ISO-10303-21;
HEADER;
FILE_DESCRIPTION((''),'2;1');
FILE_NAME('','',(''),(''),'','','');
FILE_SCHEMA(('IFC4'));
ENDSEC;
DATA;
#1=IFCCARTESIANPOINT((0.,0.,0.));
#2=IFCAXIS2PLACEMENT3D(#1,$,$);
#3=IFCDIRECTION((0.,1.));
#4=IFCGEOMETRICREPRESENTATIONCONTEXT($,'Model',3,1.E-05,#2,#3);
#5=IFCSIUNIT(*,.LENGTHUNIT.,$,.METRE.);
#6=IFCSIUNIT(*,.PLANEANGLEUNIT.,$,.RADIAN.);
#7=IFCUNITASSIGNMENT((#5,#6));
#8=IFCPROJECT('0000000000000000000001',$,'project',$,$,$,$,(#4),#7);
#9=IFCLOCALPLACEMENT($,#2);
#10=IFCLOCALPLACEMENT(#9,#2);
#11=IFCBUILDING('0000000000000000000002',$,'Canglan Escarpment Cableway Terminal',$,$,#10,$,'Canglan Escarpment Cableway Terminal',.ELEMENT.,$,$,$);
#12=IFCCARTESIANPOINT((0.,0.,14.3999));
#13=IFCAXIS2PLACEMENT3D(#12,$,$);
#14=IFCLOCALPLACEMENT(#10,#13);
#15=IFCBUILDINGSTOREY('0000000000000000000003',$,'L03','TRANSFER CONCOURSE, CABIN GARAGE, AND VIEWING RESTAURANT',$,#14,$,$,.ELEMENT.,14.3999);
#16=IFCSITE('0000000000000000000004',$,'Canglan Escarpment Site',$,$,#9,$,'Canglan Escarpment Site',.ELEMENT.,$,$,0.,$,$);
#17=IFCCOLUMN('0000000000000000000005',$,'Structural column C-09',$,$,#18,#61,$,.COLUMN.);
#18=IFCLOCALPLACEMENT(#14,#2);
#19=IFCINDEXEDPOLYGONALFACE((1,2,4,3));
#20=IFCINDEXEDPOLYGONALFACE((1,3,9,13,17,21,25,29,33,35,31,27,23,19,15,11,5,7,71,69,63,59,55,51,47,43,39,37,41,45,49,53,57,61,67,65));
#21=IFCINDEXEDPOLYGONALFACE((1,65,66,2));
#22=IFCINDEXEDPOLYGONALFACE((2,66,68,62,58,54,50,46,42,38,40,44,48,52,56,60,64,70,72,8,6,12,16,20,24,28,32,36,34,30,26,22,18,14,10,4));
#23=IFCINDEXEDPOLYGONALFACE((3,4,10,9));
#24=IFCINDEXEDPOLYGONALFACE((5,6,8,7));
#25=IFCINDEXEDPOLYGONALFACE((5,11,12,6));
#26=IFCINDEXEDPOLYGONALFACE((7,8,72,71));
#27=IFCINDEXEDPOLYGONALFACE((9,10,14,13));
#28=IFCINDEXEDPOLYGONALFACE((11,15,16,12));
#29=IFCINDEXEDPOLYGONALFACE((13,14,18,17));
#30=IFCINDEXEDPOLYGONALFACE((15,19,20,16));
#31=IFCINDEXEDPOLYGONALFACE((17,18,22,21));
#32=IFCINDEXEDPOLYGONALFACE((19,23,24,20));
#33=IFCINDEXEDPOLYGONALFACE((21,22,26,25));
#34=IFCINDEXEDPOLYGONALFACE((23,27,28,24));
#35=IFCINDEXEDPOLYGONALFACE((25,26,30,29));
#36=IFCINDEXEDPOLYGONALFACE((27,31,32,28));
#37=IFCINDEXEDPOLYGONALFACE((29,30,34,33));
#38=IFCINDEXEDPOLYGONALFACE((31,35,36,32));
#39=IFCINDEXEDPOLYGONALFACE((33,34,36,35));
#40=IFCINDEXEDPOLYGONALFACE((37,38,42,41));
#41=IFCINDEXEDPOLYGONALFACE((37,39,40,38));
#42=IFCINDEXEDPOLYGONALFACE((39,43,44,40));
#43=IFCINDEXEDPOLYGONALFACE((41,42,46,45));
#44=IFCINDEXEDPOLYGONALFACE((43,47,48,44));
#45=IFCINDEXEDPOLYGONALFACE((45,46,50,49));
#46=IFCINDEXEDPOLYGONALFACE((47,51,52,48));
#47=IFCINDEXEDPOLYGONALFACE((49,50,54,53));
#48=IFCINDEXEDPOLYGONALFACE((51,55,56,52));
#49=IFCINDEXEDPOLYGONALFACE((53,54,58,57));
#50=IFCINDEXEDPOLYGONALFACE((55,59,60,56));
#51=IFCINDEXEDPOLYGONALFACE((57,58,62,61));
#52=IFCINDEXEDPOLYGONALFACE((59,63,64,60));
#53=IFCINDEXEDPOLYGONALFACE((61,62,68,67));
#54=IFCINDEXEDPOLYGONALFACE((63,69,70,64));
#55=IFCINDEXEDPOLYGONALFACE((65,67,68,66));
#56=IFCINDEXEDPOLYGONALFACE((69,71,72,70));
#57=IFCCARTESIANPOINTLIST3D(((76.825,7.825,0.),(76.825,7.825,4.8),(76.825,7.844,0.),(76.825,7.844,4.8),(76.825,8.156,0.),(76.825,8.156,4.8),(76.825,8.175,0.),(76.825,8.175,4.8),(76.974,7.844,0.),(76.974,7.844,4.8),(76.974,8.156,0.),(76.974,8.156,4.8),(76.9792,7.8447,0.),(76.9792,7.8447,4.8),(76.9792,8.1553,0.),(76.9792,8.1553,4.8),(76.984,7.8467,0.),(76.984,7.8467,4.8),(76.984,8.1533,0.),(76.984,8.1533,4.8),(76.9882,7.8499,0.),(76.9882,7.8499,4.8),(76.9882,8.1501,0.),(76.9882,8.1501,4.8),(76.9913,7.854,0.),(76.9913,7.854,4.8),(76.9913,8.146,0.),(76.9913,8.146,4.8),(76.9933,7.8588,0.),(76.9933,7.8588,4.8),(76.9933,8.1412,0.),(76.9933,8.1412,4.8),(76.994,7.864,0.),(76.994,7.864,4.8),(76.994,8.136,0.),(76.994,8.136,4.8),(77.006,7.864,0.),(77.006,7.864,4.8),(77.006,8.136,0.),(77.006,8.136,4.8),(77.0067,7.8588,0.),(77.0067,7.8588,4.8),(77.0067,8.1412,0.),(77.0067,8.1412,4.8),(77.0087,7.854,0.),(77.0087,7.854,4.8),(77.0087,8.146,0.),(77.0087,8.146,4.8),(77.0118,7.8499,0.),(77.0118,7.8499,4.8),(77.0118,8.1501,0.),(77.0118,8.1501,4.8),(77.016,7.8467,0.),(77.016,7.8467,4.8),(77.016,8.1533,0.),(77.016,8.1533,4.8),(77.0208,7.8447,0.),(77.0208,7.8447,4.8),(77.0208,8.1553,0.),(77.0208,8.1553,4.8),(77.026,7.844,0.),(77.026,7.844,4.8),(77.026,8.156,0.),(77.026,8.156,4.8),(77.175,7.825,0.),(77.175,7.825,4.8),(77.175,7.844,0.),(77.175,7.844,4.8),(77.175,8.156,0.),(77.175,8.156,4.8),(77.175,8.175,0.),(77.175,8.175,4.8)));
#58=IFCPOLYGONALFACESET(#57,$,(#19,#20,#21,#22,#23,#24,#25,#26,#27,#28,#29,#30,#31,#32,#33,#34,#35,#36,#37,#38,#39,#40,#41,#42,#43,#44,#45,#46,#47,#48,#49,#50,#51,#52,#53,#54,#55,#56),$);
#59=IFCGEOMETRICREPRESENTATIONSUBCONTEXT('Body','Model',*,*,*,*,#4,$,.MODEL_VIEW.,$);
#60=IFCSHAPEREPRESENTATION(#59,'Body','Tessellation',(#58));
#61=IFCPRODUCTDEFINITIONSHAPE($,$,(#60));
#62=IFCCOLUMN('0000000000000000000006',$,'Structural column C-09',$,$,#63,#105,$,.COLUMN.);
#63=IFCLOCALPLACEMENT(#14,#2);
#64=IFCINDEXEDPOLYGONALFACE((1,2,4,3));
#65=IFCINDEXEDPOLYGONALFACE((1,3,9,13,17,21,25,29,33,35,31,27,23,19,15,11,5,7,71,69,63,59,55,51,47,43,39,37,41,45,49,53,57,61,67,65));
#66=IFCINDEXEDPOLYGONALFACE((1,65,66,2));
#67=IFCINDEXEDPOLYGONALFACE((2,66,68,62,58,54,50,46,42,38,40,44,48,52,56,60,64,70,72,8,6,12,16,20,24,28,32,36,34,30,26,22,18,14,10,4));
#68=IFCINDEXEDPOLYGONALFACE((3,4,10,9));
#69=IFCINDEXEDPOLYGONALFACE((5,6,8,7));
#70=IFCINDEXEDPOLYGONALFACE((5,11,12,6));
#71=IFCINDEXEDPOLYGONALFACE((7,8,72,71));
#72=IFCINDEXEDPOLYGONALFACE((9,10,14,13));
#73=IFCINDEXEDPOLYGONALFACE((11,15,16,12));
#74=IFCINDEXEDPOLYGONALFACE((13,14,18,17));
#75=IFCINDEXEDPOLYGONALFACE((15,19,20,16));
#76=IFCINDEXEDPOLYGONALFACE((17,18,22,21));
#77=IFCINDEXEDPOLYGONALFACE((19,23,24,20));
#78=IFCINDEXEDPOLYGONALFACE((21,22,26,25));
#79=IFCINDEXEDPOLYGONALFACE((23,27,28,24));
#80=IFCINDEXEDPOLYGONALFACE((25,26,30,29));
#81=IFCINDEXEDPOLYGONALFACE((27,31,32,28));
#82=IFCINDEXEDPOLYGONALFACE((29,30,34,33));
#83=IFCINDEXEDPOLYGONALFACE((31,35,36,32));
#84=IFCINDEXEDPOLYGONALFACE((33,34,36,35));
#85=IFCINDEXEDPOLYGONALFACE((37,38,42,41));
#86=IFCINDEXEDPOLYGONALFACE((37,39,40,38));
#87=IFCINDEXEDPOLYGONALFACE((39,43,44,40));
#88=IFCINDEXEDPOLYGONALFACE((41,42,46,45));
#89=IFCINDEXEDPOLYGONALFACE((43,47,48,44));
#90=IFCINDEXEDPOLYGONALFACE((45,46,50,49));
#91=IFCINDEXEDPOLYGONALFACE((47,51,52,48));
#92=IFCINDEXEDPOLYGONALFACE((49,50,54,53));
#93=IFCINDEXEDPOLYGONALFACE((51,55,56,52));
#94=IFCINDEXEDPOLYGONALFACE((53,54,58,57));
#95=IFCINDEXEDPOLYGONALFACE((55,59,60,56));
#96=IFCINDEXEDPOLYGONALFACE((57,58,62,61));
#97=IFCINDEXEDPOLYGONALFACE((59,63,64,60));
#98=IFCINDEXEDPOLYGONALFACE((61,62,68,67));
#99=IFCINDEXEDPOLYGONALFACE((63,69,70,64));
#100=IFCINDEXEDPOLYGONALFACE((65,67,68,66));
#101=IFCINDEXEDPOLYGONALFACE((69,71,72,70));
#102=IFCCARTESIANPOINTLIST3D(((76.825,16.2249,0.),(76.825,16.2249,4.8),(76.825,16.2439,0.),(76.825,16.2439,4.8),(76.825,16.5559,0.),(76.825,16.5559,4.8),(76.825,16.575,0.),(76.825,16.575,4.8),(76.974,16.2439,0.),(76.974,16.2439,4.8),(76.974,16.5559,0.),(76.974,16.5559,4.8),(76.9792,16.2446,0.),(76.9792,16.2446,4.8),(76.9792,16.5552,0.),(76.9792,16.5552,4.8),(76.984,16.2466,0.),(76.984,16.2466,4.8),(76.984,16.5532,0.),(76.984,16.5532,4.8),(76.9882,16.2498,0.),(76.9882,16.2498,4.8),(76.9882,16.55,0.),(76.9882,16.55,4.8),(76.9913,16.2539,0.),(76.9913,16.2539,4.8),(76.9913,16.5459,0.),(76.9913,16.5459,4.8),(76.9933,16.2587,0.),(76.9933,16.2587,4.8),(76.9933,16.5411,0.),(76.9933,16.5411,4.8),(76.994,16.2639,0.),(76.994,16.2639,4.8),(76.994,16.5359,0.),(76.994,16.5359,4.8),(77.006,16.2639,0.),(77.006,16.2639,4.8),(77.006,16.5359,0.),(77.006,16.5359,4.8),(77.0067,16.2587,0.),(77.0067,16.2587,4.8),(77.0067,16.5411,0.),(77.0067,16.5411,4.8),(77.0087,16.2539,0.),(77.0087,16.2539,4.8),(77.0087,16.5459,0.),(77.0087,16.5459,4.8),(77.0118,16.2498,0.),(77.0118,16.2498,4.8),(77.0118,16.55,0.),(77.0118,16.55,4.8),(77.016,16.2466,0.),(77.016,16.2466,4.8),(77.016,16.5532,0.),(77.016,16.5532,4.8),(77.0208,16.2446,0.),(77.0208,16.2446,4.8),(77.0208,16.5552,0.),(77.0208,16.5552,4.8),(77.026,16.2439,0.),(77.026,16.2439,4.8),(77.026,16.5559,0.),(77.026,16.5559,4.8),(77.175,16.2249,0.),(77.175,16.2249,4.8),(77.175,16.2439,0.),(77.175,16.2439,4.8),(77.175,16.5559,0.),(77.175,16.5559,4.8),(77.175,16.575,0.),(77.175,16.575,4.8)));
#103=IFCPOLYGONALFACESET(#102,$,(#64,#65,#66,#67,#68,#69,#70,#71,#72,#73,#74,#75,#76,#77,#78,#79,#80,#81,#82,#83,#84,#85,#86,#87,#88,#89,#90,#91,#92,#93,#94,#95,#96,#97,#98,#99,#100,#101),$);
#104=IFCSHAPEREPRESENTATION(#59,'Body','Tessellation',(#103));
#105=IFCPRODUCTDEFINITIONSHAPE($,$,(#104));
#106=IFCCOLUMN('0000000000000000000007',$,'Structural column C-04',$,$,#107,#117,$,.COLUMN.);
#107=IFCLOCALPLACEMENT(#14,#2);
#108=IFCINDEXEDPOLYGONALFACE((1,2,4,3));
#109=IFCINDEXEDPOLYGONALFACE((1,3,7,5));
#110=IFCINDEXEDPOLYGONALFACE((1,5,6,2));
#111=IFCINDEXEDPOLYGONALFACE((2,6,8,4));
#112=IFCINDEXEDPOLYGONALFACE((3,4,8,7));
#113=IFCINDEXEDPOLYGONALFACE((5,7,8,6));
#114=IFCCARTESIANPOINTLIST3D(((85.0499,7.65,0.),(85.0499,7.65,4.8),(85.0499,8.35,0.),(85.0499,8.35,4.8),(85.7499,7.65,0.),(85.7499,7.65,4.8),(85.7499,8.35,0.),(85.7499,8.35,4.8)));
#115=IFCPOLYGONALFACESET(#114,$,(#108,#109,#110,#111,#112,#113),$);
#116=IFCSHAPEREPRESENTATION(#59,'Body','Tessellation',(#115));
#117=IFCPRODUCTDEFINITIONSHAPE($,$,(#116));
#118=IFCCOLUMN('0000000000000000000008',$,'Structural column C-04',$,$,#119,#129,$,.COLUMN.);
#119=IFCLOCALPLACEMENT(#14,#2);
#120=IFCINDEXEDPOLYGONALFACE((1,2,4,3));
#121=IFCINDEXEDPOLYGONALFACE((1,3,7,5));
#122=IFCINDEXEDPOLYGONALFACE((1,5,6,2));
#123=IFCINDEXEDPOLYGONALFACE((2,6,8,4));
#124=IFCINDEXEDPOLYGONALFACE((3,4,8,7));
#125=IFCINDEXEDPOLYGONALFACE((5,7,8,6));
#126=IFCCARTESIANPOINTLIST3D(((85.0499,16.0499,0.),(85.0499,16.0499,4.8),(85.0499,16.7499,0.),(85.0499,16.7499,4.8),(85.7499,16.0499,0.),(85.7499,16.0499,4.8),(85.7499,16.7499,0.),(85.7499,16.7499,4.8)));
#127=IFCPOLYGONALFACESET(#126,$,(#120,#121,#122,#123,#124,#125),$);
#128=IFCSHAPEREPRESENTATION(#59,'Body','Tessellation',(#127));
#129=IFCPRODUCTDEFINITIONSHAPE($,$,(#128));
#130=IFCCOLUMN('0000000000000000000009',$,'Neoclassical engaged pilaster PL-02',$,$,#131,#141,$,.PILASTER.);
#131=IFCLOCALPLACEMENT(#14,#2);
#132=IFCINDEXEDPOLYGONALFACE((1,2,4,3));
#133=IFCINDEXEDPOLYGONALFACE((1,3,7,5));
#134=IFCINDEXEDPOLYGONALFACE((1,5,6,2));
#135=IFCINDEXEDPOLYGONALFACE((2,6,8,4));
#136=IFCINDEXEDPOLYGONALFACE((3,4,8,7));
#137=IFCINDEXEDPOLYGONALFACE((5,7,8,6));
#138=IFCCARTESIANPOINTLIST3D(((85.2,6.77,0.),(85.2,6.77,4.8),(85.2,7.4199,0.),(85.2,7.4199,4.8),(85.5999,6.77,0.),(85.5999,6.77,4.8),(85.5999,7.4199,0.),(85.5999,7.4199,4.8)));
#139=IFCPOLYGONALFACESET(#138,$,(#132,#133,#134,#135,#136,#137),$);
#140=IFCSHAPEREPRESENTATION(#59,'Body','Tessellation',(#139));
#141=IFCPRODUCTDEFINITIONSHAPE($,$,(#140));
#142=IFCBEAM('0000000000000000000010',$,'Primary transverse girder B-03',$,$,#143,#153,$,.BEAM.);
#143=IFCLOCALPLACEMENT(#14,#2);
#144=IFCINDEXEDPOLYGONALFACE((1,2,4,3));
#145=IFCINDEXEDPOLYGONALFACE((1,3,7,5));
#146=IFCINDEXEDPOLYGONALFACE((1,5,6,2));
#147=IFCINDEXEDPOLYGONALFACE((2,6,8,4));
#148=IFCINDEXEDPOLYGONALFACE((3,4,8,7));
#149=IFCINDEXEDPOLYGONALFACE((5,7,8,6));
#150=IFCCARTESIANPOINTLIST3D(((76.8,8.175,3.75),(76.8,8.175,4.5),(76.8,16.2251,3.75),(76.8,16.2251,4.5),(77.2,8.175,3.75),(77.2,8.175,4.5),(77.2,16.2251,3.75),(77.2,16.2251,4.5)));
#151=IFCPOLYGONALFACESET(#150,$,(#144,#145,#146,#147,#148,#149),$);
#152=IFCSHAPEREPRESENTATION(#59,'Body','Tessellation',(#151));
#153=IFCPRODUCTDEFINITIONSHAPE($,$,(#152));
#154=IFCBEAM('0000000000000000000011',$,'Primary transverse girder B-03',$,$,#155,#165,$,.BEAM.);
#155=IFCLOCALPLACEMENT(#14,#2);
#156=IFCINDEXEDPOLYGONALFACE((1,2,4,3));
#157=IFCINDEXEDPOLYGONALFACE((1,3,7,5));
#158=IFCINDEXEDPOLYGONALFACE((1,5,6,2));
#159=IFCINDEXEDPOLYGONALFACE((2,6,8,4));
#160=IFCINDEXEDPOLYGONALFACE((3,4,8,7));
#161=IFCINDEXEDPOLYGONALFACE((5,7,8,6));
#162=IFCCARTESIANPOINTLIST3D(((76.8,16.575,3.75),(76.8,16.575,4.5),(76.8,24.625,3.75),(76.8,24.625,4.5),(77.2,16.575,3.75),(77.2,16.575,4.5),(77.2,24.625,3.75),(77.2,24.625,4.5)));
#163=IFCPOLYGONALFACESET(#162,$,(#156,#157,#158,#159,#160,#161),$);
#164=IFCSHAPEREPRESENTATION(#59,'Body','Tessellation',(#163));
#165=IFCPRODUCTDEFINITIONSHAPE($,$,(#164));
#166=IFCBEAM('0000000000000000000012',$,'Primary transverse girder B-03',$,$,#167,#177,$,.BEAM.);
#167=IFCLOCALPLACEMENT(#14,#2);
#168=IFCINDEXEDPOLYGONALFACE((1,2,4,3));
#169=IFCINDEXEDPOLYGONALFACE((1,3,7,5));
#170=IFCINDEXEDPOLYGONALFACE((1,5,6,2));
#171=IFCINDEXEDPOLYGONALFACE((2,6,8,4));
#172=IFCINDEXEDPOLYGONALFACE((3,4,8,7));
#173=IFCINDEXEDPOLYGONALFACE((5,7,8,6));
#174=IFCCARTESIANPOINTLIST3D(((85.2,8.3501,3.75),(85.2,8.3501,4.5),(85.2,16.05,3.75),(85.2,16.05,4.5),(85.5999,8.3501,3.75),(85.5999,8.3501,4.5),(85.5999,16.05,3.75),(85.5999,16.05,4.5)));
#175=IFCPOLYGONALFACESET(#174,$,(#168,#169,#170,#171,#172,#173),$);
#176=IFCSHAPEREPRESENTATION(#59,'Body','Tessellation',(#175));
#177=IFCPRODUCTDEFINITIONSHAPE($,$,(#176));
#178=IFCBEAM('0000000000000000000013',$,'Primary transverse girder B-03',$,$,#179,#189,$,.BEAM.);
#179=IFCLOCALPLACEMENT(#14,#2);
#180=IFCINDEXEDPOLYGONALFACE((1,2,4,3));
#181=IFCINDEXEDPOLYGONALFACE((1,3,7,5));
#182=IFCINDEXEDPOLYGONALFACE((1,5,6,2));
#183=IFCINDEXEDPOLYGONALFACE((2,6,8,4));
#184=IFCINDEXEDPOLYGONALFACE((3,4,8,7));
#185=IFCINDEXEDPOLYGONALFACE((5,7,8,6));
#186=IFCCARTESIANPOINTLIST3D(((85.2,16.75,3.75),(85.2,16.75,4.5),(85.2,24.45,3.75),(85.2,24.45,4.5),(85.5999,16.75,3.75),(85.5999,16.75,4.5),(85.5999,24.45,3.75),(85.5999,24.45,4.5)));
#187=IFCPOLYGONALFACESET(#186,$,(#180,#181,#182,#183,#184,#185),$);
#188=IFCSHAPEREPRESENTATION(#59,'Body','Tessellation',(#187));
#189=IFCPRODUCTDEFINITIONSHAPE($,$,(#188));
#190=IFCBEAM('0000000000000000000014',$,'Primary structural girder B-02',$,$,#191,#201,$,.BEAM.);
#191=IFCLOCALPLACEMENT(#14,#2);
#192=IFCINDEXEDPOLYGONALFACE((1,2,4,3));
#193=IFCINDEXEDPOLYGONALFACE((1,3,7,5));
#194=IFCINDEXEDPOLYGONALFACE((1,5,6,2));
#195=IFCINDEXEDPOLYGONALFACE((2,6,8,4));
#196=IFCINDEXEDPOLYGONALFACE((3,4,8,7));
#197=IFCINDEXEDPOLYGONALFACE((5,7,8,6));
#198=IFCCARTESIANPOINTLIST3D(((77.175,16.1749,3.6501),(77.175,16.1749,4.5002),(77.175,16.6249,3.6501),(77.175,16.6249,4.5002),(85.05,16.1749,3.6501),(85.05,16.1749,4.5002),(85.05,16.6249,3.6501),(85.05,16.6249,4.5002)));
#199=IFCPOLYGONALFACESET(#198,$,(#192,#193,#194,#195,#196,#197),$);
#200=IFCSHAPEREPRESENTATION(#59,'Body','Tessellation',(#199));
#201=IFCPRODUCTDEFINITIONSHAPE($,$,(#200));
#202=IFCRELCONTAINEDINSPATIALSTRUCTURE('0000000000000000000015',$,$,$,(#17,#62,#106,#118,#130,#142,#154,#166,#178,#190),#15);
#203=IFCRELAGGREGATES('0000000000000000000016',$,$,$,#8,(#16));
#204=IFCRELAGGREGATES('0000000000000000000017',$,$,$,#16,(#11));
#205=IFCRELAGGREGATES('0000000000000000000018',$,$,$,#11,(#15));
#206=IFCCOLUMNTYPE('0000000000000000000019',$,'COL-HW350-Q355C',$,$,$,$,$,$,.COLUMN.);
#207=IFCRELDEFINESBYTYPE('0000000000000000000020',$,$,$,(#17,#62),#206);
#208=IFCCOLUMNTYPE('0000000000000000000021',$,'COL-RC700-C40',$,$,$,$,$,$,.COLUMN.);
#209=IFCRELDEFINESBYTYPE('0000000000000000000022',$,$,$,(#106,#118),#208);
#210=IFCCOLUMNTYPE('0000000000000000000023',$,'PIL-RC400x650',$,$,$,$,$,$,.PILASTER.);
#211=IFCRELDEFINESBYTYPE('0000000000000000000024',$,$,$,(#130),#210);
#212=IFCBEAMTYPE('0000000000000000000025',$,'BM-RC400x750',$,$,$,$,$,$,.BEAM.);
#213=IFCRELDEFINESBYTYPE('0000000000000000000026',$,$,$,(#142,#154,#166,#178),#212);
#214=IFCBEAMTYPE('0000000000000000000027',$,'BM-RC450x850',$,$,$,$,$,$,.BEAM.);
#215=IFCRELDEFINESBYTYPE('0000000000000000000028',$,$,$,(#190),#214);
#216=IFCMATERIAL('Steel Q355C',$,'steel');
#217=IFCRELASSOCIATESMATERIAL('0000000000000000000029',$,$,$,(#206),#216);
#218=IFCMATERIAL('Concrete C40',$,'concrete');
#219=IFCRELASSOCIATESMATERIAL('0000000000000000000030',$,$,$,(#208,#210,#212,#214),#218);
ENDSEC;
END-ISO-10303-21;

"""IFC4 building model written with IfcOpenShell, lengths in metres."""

from ifc_helpers import new_model, si_unit, direction, frame, origin, origin_2d, place, context, subcontext, project, spatial, rectangle, i_section, extrude, material, material_profile, profile_set, type_object, element, save


model = new_model("IFC4")

# Units and contexts
model_context = context("Model", 3, precision=1e-05, world=origin(), true_north=direction((0.0, 1.0)))
body_context = subcontext(model_context, "Body", "Model", "MODEL_VIEW")
ifc_project = project(units=[si_unit("LENGTHUNIT", "METRE"), si_unit("PLANEANGLEUNIT", "RADIAN")], contexts=[model_context])

# Site, building, storey
site_placement = place(None, origin())
site = spatial("IfcSite", under=ifc_project, at=site_placement, Name="Canglan Escarpment Site", LongName="Canglan Escarpment Site", CompositionType="ELEMENT", RefElevation=0.0)
building_placement = place(site_placement, origin())
building = spatial("IfcBuilding", under=site, at=building_placement, Name="Canglan Escarpment Cableway Terminal", LongName="Canglan Escarpment Cableway Terminal", CompositionType="ELEMENT")
storey_placement = place(building_placement, frame((0.0, 0.0, 14.3999)))
storey = spatial("IfcBuildingStorey", under=building, at=storey_placement, Name="L03", Description="TRANSFER CONCOURSE, CABIN GARAGE, AND VIEWING RESTAURANT", CompositionType="ELEMENT", Elevation=14.3999)

# Columns
ifc_material_1 = material(Name="Steel Q355C", Category="steel")
ifc_material_profile_1 = material_profile(ifc_material_1, i_section(OverallWidth=0.3501, OverallDepth=0.3501, WebThickness=0.012, FlangeThickness=0.019, FilletRadius=0.02, at=origin_2d()), Name="HW 350x350x12x19")
ifc_profile_set_1 = profile_set([ifc_material_profile_1], Name="Steel Q355C")
column_type_1 = type_object("IfcColumnType", Name="COL-HW350-Q355C", PredefinedType="COLUMN", material=ifc_profile_set_1)
for number, where, z_axis, x_axis, name in (
    (1, (77.0, 8.0, 0.0), (0.0, 0.0, 1.0), (1.0, 0.0, 0.0), "Structural column C-09"),
    (2, (77.0, 16.3999, 0.0), (0.0, 0.0, 1.0), (1.0, 0.0, 0.0), "Structural column C-09"),
):
    element("IfcColumn", number, at=place(storey_placement, frame(where, z_axis=z_axis, x_axis=x_axis)), inside=storey, type_object=column_type_1, Name=name, PredefinedType="COLUMN", context=body_context, shape_type="SweptSolid", body=[
        extrude(i_section(OverallWidth=0.3501, OverallDepth=0.3501, WebThickness=0.012, FlangeThickness=0.019, FilletRadius=0.02, at=origin_2d()), origin(), (0.0, 0.0, 1.0), 4.8),
    ])
ifc_material_2 = material(Name="Concrete C40", Category="concrete")
ifc_material_profile_2 = material_profile(ifc_material_2, rectangle(XDim=0.7, YDim=0.7, at=origin_2d()), Name="RC 700x700")
ifc_profile_set_2 = profile_set([ifc_material_profile_2], Name="Concrete C40")
column_type_2 = type_object("IfcColumnType", Name="COL-RC700-C40", PredefinedType="COLUMN", material=ifc_profile_set_2)
for number, where, z_axis, x_axis, name in (
    (3, (85.3999, 8.0, 0.0), (0.0, 0.0, 1.0), (1.0, 0.0, 0.0), "Structural column C-04"),
    (4, (85.3999, 16.3999, 0.0), (0.0, 0.0, 1.0), (1.0, 0.0, 0.0), "Structural column C-04"),
):
    element("IfcColumn", number, at=place(storey_placement, frame(where, z_axis=z_axis, x_axis=x_axis)), inside=storey, type_object=column_type_2, Name=name, PredefinedType="COLUMN", context=body_context, shape_type="SweptSolid", body=[
        extrude(rectangle(XDim=0.7, YDim=0.7, at=origin_2d()), origin(), (0.0, 0.0, 1.0), 4.8),
    ])
ifc_material_profile_3 = material_profile(ifc_material_2, rectangle(XDim=0.3999, YDim=0.6499, at=origin_2d()), Name="RC-PIL 400x650")
ifc_profile_set_3 = profile_set([ifc_material_profile_3], Name="Concrete C40")
column_type_3 = type_object("IfcColumnType", Name="PIL-RC400x650", PredefinedType="PILASTER", material=ifc_profile_set_3)
column_placement = place(storey_placement, frame((85.3999, 7.095, 0.0), z_axis=(0.0, 0.0, 1.0), x_axis=(1.0, 0.0, 0.0)))
element("IfcColumn", 5, at=column_placement, inside=storey, type_object=column_type_3, Name="Neoclassical engaged pilaster PL-02", PredefinedType="PILASTER", context=body_context, shape_type="SweptSolid", body=[
    extrude(rectangle(XDim=0.3999, YDim=0.6499, at=origin_2d()), origin(), (0.0, 0.0, 1.0), 4.8),
])

# Beams
ifc_material_profile_4 = material_profile(ifc_material_2, rectangle(XDim=0.3999, YDim=0.75, at=origin_2d()), Name="RC 400x750")
ifc_profile_set_4 = profile_set([ifc_material_profile_4], Name="Concrete C40")
beam_type_1 = type_object("IfcBeamType", Name="BM-RC400x750", PredefinedType="BEAM", material=ifc_profile_set_4)
for number, where, z_axis, x_axis, name in (
    (6, (77.0, 8.175, 4.125), (0.0, 1.0, 0.0), (-1.0, 0.0, 0.0), "Primary transverse girder B-03"),
    (7, (77.0, 16.575, 4.125), (0.0, 1.0, 0.0), (-1.0, 0.0, 0.0), "Primary transverse girder B-03"),
):
    element("IfcBeam", number, at=place(storey_placement, frame(where, z_axis=z_axis, x_axis=x_axis)), inside=storey, type_object=beam_type_1, Name=name, PredefinedType="BEAM", context=body_context, shape_type="SweptSolid", body=[
        extrude(rectangle(XDim=0.3999, YDim=0.75, at=origin_2d()), origin(), (0.0, 0.0, 1.0), 8.05),
    ])
for number, where, z_axis, x_axis, name in (
    (8, (85.3999, 8.3501, 4.125), (0.0, 1.0, 0.0), (-1.0, 0.0, 0.0), "Primary transverse girder B-03"),
    (9, (85.3999, 16.75, 4.125), (0.0, 1.0, 0.0), (-1.0, 0.0, 0.0), "Primary transverse girder B-03"),
):
    element("IfcBeam", number, at=place(storey_placement, frame(where, z_axis=z_axis, x_axis=x_axis)), inside=storey, type_object=beam_type_1, Name=name, PredefinedType="BEAM", context=body_context, shape_type="SweptSolid", body=[
        extrude(rectangle(XDim=0.3999, YDim=0.75, at=origin_2d()), origin(), (0.0, 0.0, 1.0), 7.7),
    ])
ifc_material_profile_5 = material_profile(ifc_material_2, rectangle(XDim=0.45, YDim=0.8501, at=origin_2d()), Name="RC 450x850")
ifc_profile_set_5 = profile_set([ifc_material_profile_5], Name="Concrete C40")
beam_type_2 = type_object("IfcBeamType", Name="BM-RC450x850", PredefinedType="BEAM", material=ifc_profile_set_5)
beam_1_placement = place(storey_placement, frame((77.175, 16.3999, 4.0752), z_axis=(1.0, 0.0, 0.0), x_axis=(0.0, 1.0, 0.0)))
element("IfcBeam", 10, at=beam_1_placement, inside=storey, type_object=beam_type_2, Name="Primary structural girder B-02", PredefinedType="BEAM", context=body_context, shape_type="SweptSolid", body=[
    extrude(rectangle(XDim=0.45, YDim=0.8501, at=origin_2d()), origin(), (0.0, 0.0, 1.0), 7.875),
])

save(model, "model.ifc")
